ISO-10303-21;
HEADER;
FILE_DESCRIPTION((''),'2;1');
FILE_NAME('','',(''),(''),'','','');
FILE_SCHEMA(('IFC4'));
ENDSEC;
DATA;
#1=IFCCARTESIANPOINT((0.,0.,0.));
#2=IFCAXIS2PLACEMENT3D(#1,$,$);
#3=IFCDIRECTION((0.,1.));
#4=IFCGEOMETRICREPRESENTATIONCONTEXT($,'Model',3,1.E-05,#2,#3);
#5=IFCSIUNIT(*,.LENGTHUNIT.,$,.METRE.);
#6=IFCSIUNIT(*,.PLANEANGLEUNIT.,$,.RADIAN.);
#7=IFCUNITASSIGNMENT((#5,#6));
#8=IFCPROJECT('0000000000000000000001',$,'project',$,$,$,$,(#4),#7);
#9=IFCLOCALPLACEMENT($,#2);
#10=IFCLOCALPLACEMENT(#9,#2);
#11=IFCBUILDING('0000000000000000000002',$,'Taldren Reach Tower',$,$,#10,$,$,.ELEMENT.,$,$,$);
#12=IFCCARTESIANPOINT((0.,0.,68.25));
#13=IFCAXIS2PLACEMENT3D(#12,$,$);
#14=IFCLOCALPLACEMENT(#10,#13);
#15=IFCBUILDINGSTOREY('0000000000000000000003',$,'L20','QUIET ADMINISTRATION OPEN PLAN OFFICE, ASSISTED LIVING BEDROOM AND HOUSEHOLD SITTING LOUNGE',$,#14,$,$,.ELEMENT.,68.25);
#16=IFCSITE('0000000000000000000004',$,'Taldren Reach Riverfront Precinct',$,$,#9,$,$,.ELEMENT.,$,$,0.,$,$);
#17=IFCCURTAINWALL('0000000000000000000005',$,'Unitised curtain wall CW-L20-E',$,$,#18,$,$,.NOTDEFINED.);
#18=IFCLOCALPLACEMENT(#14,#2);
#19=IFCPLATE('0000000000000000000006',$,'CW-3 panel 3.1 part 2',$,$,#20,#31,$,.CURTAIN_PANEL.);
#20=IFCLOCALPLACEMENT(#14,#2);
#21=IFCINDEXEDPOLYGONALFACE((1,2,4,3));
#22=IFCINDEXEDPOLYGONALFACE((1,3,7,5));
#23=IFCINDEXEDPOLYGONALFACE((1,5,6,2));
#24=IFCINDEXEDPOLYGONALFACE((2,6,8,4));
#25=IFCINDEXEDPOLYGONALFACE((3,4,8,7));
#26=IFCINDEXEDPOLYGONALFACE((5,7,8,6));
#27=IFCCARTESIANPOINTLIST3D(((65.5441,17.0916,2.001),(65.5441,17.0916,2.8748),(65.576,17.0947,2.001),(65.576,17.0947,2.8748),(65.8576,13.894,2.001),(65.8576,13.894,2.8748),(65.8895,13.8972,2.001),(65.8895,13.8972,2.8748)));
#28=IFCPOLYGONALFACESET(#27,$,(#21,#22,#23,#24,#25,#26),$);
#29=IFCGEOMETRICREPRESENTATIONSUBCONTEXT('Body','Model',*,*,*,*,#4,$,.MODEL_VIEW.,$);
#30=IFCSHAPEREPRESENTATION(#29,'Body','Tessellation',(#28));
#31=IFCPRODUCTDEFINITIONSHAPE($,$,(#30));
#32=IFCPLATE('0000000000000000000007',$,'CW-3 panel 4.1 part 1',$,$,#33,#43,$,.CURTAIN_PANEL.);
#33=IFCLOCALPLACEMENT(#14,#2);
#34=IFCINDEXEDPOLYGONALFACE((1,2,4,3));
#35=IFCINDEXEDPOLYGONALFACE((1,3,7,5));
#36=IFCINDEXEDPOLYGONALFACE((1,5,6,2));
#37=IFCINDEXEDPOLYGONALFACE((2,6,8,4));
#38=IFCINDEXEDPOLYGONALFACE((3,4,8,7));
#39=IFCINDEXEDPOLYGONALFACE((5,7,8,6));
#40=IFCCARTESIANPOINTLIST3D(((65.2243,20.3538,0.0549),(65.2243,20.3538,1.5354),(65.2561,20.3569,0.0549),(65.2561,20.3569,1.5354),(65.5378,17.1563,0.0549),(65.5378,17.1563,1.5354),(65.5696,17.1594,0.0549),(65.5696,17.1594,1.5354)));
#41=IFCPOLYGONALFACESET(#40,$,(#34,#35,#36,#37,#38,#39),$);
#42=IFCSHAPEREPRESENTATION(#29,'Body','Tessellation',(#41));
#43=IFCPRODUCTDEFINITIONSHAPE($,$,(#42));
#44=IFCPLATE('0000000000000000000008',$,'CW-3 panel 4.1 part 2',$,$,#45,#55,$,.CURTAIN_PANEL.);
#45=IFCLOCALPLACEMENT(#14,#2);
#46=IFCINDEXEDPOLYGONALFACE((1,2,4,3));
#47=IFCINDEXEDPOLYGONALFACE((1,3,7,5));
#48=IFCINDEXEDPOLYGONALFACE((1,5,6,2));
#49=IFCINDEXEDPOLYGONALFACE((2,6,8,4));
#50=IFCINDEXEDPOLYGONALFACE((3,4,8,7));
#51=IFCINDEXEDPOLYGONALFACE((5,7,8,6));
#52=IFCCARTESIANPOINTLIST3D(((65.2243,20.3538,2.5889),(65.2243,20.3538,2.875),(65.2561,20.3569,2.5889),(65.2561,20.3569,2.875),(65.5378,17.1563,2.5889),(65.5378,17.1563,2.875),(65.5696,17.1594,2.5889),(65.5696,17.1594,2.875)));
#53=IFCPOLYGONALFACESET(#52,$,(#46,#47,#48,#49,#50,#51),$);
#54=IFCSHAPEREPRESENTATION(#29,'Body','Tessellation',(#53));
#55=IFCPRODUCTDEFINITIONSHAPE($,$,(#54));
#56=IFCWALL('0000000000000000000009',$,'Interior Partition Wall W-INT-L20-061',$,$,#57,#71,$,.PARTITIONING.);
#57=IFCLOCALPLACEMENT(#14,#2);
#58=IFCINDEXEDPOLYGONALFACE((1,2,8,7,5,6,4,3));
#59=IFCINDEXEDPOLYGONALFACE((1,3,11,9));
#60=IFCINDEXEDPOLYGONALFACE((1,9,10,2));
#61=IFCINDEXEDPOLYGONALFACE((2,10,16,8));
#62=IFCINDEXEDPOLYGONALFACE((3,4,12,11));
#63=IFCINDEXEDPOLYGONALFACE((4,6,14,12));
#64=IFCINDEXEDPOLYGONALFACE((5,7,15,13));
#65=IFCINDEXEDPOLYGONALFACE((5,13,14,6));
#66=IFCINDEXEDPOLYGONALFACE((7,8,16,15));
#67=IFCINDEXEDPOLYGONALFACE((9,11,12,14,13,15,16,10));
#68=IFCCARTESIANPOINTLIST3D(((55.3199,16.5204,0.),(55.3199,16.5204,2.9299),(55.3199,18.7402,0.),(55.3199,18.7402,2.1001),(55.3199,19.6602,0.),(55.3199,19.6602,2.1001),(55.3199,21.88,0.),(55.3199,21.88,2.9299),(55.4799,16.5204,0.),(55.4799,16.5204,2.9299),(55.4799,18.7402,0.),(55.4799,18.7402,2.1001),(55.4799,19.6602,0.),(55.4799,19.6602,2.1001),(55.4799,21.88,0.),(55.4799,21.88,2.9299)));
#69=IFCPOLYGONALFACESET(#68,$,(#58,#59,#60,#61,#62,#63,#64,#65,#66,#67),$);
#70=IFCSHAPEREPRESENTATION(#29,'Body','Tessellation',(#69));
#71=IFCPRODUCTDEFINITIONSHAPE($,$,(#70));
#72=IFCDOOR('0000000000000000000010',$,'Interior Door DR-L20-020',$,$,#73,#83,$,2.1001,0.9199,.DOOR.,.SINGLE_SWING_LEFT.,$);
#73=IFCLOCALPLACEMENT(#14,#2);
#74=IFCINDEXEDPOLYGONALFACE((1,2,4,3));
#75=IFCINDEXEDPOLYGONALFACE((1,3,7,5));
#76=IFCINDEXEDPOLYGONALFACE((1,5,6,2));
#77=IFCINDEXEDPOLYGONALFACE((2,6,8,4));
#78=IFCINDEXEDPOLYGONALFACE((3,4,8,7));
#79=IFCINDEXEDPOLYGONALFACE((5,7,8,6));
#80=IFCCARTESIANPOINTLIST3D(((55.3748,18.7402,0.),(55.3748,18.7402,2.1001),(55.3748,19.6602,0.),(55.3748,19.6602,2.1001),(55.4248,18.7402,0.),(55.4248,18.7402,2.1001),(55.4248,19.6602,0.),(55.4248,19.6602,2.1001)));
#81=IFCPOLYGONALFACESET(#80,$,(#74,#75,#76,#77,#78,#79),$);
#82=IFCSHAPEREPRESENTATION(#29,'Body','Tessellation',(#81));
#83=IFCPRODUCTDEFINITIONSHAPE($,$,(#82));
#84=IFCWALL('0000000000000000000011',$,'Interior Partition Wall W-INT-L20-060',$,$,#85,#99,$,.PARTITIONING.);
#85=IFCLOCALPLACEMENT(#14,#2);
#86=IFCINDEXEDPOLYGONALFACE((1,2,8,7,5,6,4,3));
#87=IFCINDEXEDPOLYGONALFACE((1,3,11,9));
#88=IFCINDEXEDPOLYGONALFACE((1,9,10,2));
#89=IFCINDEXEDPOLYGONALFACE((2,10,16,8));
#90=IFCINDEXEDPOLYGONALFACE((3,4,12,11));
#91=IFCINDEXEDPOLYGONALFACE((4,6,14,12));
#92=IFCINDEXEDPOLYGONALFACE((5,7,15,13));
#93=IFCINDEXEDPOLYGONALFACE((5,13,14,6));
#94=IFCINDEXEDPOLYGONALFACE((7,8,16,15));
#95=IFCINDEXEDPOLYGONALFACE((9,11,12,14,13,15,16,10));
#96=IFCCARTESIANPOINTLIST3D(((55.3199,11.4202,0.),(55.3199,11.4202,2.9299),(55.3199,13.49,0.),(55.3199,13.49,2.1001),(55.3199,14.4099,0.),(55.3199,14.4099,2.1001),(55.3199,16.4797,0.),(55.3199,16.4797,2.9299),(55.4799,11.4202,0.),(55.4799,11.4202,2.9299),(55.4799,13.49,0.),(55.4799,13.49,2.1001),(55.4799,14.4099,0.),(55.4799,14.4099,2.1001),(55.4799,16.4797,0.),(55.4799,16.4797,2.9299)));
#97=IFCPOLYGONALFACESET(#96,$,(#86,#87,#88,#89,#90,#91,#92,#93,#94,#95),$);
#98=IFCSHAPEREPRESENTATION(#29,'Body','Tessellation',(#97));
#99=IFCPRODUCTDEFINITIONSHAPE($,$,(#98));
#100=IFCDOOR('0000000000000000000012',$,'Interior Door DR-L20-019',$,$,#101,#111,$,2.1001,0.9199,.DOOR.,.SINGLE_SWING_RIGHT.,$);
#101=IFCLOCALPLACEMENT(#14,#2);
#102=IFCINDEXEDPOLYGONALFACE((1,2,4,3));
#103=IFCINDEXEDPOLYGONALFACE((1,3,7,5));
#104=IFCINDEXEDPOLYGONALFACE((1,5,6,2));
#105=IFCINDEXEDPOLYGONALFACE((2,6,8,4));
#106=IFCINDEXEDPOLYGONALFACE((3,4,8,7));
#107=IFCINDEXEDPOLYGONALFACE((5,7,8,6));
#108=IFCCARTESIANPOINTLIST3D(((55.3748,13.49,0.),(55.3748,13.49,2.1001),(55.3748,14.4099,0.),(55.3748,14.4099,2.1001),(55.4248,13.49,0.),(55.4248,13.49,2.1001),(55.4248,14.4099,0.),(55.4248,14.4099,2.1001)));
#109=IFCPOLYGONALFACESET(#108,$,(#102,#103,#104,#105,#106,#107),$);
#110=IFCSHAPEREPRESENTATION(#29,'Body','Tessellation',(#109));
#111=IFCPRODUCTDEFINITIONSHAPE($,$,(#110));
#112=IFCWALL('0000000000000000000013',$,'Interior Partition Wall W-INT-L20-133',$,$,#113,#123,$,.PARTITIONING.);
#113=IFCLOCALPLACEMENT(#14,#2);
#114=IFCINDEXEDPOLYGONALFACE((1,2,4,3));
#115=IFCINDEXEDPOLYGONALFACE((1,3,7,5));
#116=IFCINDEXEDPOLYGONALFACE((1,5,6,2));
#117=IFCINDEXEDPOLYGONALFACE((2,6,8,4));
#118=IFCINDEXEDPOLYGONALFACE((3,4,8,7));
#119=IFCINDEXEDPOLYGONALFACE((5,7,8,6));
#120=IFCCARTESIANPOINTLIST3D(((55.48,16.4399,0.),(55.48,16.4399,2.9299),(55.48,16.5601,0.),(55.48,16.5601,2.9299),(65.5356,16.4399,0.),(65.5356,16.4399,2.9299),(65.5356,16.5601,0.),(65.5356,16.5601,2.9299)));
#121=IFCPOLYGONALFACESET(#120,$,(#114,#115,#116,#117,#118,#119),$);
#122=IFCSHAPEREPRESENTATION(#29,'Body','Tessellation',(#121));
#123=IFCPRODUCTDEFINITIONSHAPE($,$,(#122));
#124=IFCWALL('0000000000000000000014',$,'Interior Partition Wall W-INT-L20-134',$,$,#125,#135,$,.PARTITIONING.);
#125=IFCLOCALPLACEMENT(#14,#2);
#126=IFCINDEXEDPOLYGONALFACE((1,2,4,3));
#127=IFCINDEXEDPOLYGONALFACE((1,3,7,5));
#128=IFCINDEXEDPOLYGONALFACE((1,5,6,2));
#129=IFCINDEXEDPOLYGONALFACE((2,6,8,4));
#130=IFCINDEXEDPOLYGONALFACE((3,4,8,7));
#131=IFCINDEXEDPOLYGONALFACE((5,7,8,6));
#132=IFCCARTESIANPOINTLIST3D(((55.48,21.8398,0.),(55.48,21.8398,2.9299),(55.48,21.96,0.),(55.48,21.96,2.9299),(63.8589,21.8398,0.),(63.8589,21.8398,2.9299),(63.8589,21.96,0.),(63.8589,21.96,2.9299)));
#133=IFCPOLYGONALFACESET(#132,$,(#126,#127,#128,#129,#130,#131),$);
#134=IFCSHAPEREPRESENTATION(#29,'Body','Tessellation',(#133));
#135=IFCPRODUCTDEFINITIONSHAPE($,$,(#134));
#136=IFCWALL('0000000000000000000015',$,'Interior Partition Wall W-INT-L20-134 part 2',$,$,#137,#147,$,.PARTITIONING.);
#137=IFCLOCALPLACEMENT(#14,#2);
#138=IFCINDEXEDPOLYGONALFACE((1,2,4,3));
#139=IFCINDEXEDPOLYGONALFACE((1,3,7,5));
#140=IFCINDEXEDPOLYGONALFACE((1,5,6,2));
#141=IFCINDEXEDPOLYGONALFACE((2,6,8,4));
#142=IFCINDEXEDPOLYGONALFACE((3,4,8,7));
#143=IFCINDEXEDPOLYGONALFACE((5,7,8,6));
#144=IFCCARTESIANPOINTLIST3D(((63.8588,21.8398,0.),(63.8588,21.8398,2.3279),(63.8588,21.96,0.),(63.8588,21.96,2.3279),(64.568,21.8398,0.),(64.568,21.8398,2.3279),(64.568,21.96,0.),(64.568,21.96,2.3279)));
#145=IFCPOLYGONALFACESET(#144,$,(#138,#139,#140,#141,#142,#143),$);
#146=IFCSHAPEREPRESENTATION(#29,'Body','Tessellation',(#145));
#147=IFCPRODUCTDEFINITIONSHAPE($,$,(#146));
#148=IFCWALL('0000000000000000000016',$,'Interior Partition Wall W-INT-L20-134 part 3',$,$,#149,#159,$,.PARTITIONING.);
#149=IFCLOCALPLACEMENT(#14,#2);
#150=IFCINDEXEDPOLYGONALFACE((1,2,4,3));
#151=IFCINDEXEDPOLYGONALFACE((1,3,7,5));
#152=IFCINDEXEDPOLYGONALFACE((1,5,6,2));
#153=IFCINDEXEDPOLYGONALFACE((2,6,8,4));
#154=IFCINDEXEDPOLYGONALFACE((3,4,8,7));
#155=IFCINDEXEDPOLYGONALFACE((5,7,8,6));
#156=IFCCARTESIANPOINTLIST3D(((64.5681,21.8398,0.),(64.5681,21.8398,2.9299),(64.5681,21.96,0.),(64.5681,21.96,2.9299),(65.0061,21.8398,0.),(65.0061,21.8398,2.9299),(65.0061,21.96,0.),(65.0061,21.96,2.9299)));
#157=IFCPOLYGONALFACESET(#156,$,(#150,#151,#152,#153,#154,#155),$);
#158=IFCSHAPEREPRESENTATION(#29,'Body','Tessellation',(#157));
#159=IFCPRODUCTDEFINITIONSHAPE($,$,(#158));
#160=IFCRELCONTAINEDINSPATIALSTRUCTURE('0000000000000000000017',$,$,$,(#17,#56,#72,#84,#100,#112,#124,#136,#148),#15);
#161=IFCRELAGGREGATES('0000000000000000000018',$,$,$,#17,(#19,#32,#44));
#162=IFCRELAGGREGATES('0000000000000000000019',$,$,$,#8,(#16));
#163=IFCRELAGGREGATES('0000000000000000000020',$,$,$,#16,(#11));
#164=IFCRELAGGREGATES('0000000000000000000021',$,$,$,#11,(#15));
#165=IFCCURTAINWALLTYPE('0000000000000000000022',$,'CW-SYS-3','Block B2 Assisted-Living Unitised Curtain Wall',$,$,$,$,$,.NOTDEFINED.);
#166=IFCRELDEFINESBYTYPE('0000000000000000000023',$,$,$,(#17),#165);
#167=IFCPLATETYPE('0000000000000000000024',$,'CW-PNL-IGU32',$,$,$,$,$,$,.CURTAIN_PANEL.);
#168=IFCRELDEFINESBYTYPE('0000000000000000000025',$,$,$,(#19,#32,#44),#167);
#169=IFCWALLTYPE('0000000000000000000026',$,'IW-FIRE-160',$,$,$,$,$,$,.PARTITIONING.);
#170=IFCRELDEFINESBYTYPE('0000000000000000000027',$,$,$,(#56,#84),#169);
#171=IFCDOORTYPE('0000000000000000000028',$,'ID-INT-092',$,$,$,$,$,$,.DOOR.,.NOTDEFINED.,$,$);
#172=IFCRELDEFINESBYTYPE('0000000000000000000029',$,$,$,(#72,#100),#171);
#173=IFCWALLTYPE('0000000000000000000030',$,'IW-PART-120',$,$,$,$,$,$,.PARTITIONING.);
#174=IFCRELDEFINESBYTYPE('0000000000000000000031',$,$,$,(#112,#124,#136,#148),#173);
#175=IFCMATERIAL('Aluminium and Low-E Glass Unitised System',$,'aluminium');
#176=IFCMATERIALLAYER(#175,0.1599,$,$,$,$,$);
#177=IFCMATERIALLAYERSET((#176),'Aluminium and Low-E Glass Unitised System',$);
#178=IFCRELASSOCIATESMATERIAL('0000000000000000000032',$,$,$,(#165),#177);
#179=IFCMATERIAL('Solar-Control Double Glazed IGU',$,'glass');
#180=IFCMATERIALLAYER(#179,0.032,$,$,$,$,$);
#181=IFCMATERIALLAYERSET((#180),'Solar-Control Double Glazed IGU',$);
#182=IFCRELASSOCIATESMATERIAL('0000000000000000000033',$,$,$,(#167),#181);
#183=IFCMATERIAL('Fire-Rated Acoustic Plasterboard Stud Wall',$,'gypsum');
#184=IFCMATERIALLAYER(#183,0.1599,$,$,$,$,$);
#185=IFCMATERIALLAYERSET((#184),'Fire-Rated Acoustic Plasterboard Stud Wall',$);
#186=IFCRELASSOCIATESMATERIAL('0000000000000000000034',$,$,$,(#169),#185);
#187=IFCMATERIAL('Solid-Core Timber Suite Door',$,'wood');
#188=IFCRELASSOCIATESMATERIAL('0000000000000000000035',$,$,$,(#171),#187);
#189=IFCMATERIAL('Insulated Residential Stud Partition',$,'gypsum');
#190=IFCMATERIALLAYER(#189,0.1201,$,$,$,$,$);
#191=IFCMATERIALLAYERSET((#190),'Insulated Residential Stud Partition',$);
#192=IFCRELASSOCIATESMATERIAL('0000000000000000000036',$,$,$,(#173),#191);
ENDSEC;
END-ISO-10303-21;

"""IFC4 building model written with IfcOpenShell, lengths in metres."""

from ifc_helpers import new_model, si_unit, direction, frame, frame_2d, origin, origin_2d, place, context, subcontext, project, spatial, rectangle, extrude, source, transform, mapped, material, layer, layer_set, type_object, element, fill, aggregate, save


model = new_model("IFC4")

# Units and contexts
model_context = context("Model", 3, precision=1e-05, world=origin(), true_north=direction((0.0, 1.0)))
body_context = subcontext(model_context, "Body", "Model", "MODEL_VIEW")
ifc_project = project(units=[si_unit("LENGTHUNIT", "METRE"), si_unit("PLANEANGLEUNIT", "RADIAN")], contexts=[model_context])

# Site, building, storey
site_placement = place(None, origin())
site = spatial("IfcSite", under=ifc_project, at=site_placement, Name="Taldren Reach Riverfront Precinct", CompositionType="ELEMENT", RefElevation=0.0)
building_placement = place(site_placement, origin())
building = spatial("IfcBuilding", under=site, at=building_placement, Name="Taldren Reach Tower", CompositionType="ELEMENT")
storey_placement = place(building_placement, frame((0.0, 0.0, 68.25)))
storey = spatial("IfcBuildingStorey", under=building, at=storey_placement, Name="L20", Description="QUIET ADMINISTRATION OPEN PLAN OFFICE, ASSISTED LIVING BEDROOM AND HOUSEHOLD SITTING LOUNGE", CompositionType="ELEMENT", Elevation=68.25)

# Curtain wall, plates
ifc_material_1 = material(Name="Aluminium and Low-E Glass Unitised System", Category="aluminium")
ifc_layer_1 = layer(ifc_material_1, 0.1599)
ifc_layer_set_1 = layer_set([ifc_layer_1], Name="Aluminium and Low-E Glass Unitised System")
curtain_wall_type = type_object("IfcCurtainWallType", Name="CW-SYS-3", Description="Block B2 Assisted-Living Unitised Curtain Wall", PredefinedType="NOTDEFINED", material=ifc_layer_set_1)
curtain_wall_placement = place(storey_placement, origin())
curtain_wall = element("IfcCurtainWall", 1, at=curtain_wall_placement, inside=storey, type_object=curtain_wall_type, Name="Unitised curtain wall CW-L20-E", PredefinedType="NOTDEFINED")
ifc_material_2 = material(Name="Solar-Control Double Glazed IGU", Category="glass")
ifc_layer_2 = layer(ifc_material_2, 0.032)
ifc_layer_set_2 = layer_set([ifc_layer_2], Name="Solar-Control Double Glazed IGU")
plate_type = type_object("IfcPlateType", Name="CW-PNL-IGU32", PredefinedType="CURTAIN_PANEL", material=ifc_layer_set_2)
shared_shape_1 = source(origin(), body_context, "Body", "SweptSolid", [
    extrude(rectangle(XDim=3.2129, YDim=0.032, at=origin_2d()), origin(), (0.0, 0.0, 1.0), 0.8738),
])
plate_1_placement = place(storey_placement, frame((65.7168, 15.4944, 2.001), z_axis=(0.0, 0.0, 1.0), x_axis=(-0.097583, 0.995227, 0.0)))
plate_1 = element("IfcPlate", 2, at=plate_1_placement, type_object=plate_type, Name="CW-3 panel 3.1 part 2", PredefinedType="CURTAIN_PANEL", context=body_context, shape_type="MappedRepresentation", body=[
    mapped(shared_shape_1, transform((0.0, 0.0, 0.0), scale=1.0)),
])
shared_shape_2 = source(origin(), body_context, "Body", "SweptSolid", [
    extrude(rectangle(XDim=3.2129, YDim=0.032, at=origin_2d()), origin(), (0.0, 0.0, 1.0), 1.4805),
])
plate_2_placement = place(storey_placement, frame((65.397, 18.7566, 0.0549), z_axis=(0.0, 0.0, 1.0), x_axis=(-0.097583, 0.995227, 0.0)))
plate_2 = element("IfcPlate", 3, at=plate_2_placement, type_object=plate_type, Name="CW-3 panel 4.1 part 1", PredefinedType="CURTAIN_PANEL", context=body_context, shape_type="MappedRepresentation", body=[
    mapped(shared_shape_2, transform((0.0, 0.0, 0.0), scale=1.0)),
])
shared_shape_3 = source(origin(), body_context, "Body", "SweptSolid", [
    extrude(rectangle(XDim=3.2129, YDim=0.032, at=origin_2d()), origin(), (0.0, 0.0, 1.0), 0.2861),
])
plate_3_placement = place(storey_placement, frame((65.397, 18.7566, 2.5889), z_axis=(0.0, 0.0, 1.0), x_axis=(-0.097583, 0.995227, 0.0)))
plate_3 = element("IfcPlate", 4, at=plate_3_placement, type_object=plate_type, Name="CW-3 panel 4.1 part 2", PredefinedType="CURTAIN_PANEL", context=body_context, shape_type="MappedRepresentation", body=[
    mapped(shared_shape_3, transform((0.0, 0.0, 0.0), scale=1.0)),
])
aggregate(curtain_wall, [plate_1, plate_2, plate_3])

# Walls, openings, doors
ifc_material_3 = material(Name="Fire-Rated Acoustic Plasterboard Stud Wall", Category="gypsum")
ifc_layer_3 = layer(ifc_material_3, 0.1599)
ifc_layer_set_3 = layer_set([ifc_layer_3], Name="Fire-Rated Acoustic Plasterboard Stud Wall")
wall_type_1 = type_object("IfcWallType", Name="IW-FIRE-160", PredefinedType="PARTITIONING", material=ifc_layer_set_3)
shared_shape_4 = source(origin(), body_context, "Body", "SweptSolid", [
    extrude(rectangle(XDim=5.3596, YDim=0.1599, at=frame_2d((2.6797, 0.0))), origin(), (0.0, 0.0, 1.0), 2.9299),
])
wall_1_placement = place(storey_placement, frame((55.3999, 21.8799, 0.0), z_axis=(0.0, 0.0, 1.0), x_axis=(0.0, -1.0, 0.0)))
wall_1 = element("IfcWall", 5, at=wall_1_placement, inside=storey, type_object=wall_type_1, Name="Interior Partition Wall W-INT-L20-061", PredefinedType="PARTITIONING", context=body_context, shape_type="MappedRepresentation", body=[
    mapped(shared_shape_4, transform((0.0, 0.0, 0.0), scale=1.0)),
])
shared_shape_5 = source(origin(), body_context, "Body", "SweptSolid", [
    extrude(rectangle(XDim=0.9199, YDim=2.1001, at=frame_2d((0.46, 1.05))), frame((0.0, 0.0898, 0.0), z_axis=(0.0, -1.0, 0.0), x_axis=(1.0, 0.0, 0.0)), (0.0, 0.0, 1.0), 0.1799),
])
opening_1_placement = place(wall_1_placement, frame((2.2197, 0.0, 0.0)))
opening_1 = element("IfcOpeningElement", 6, at=opening_1_placement, cuts=wall_1, PredefinedType="OPENING", context=body_context, shape_type="MappedRepresentation", body=[
    mapped(shared_shape_5, transform((0.0, 0.0, 0.0), scale=1.0)),
])
ifc_material_4 = material(Name="Solid-Core Timber Suite Door", Category="wood")
door_type = type_object("IfcDoorType", Name="ID-INT-092", OperationType="NOTDEFINED", PredefinedType="DOOR", material=ifc_material_4)
shared_shape_6 = source(origin(), body_context, "Body", "SweptSolid", [
    extrude(rectangle(XDim=0.9199, YDim=2.1001, at=frame_2d((0.46, 1.05))), frame((0.0, 0.0249, 0.0), z_axis=(0.0, -1.0, 0.0), x_axis=(1.0, 0.0, 0.0)), (0.0, 0.0, 1.0), 0.05),
])
door_1_placement = place(opening_1_placement, origin())
door_1 = element("IfcDoor", 7, at=door_1_placement, inside=storey, type_object=door_type, Name="Interior Door DR-L20-020", OperationType="SINGLE_SWING_LEFT", OverallHeight=2.1001, OverallWidth=0.9199, PredefinedType="DOOR", context=body_context, shape_type="MappedRepresentation", body=[
    mapped(shared_shape_6, transform((0.0, 0.0, 0.0), scale=1.0)),
])
fill(opening_1, door_1)
shared_shape_7 = source(origin(), body_context, "Body", "SweptSolid", [
    extrude(rectangle(XDim=5.0596, YDim=0.1599, at=frame_2d((2.5298, 0.0))), origin(), (0.0, 0.0, 1.0), 2.9299),
])
wall_2_placement = place(storey_placement, frame((55.3999, 16.4797, 0.0), z_axis=(0.0, 0.0, 1.0), x_axis=(0.0, -1.0, 0.0)))
wall_2 = element("IfcWall", 8, at=wall_2_placement, inside=storey, type_object=wall_type_1, Name="Interior Partition Wall W-INT-L20-060", PredefinedType="PARTITIONING", context=body_context, shape_type="MappedRepresentation", body=[
    mapped(shared_shape_7, transform((0.0, 0.0, 0.0), scale=1.0)),
])
opening_2_placement = place(wall_2_placement, frame((2.0698, 0.0, 0.0)))
opening_2 = element("IfcOpeningElement", 9, at=opening_2_placement, cuts=wall_2, PredefinedType="OPENING", context=body_context, shape_type="MappedRepresentation", body=[
    mapped(shared_shape_5, transform((0.0, 0.0, 0.0), scale=1.0)),
])
door_2_placement = place(opening_2_placement, origin())
door_2 = element("IfcDoor", 10, at=door_2_placement, inside=storey, type_object=door_type, Name="Interior Door DR-L20-019", OperationType="SINGLE_SWING_RIGHT", OverallHeight=2.1001, OverallWidth=0.9199, PredefinedType="DOOR", context=body_context, shape_type="MappedRepresentation", body=[
    mapped(shared_shape_6, transform((0.0, 0.0, 0.0), scale=1.0)),
])
fill(opening_2, door_2)

# Walls
ifc_material_5 = material(Name="Insulated Residential Stud Partition", Category="gypsum")
ifc_layer_4 = layer(ifc_material_5, 0.1201)
ifc_layer_set_4 = layer_set([ifc_layer_4], Name="Insulated Residential Stud Partition")
wall_type_2 = type_object("IfcWallType", Name="IW-PART-120", PredefinedType="PARTITIONING", material=ifc_layer_set_4)
shared_shape_8 = source(origin(), body_context, "Body", "SweptSolid", [
    extrude(rectangle(XDim=10.0557, YDim=0.1201, at=frame_2d((5.0278, 0.0))), origin(), (0.0, 0.0, 1.0), 2.9299),
])
wall_3_placement = place(storey_placement, frame((55.48, 16.5, 0.0), z_axis=(0.0, 0.0, 1.0), x_axis=(1.0, 0.0, 0.0)))
element("IfcWall", 11, at=wall_3_placement, inside=storey, type_object=wall_type_2, Name="Interior Partition Wall W-INT-L20-133", PredefinedType="PARTITIONING", context=body_context, shape_type="MappedRepresentation", body=[
    mapped(shared_shape_8, transform((0.0, 0.0, 0.0), scale=1.0)),
])
shared_shape_9 = source(origin(), body_context, "Body", "SweptSolid", [
    extrude(rectangle(XDim=8.3789, YDim=0.1201, at=frame_2d((4.1895, 0.0))), origin(), (0.0, 0.0, 1.0), 2.9299),
])
wall_4_placement = place(storey_placement, frame((55.48, 21.8999, 0.0), z_axis=(0.0, 0.0, 1.0), x_axis=(1.0, 0.0, 0.0)))
element("IfcWall", 12, at=wall_4_placement, inside=storey, type_object=wall_type_2, Name="Interior Partition Wall W-INT-L20-134", PredefinedType="PARTITIONING", context=body_context, shape_type="MappedRepresentation", body=[
    mapped(shared_shape_9, transform((0.0, 0.0, 0.0), scale=1.0)),
])
shared_shape_10 = source(origin(), body_context, "Body", "SweptSolid", [
    extrude(rectangle(XDim=0.7092, YDim=0.1201, at=frame_2d((0.3545, 0.0))), origin(), (0.0, 0.0, 1.0), 2.3279),
])
wall_5_placement = place(storey_placement, frame((63.8589, 21.8999, 0.0), z_axis=(0.0, 0.0, 1.0), x_axis=(1.0, 0.0, 0.0)))
element("IfcWall", 13, at=wall_5_placement, inside=storey, type_object=wall_type_2, Name="Interior Partition Wall W-INT-L20-134 part 2", PredefinedType="PARTITIONING", context=body_context, shape_type="MappedRepresentation", body=[
    mapped(shared_shape_10, transform((0.0, 0.0, 0.0), scale=1.0)),
])
shared_shape_11 = source(origin(), body_context, "Body", "SweptSolid", [
    extrude(rectangle(XDim=0.438, YDim=0.1201, at=frame_2d((0.219, 0.0))), origin(), (0.0, 0.0, 1.0), 2.9299),
])
wall_6_placement = place(storey_placement, frame((64.5681, 21.8999, 0.0), z_axis=(0.0, 0.0, 1.0), x_axis=(1.0, 0.0, 0.0)))
element("IfcWall", 14, at=wall_6_placement, inside=storey, type_object=wall_type_2, Name="Interior Partition Wall W-INT-L20-134 part 3", PredefinedType="PARTITIONING", context=body_context, shape_type="MappedRepresentation", body=[
    mapped(shared_shape_11, transform((0.0, 0.0, 0.0), scale=1.0)),
])

save(model, "model.ifc")
